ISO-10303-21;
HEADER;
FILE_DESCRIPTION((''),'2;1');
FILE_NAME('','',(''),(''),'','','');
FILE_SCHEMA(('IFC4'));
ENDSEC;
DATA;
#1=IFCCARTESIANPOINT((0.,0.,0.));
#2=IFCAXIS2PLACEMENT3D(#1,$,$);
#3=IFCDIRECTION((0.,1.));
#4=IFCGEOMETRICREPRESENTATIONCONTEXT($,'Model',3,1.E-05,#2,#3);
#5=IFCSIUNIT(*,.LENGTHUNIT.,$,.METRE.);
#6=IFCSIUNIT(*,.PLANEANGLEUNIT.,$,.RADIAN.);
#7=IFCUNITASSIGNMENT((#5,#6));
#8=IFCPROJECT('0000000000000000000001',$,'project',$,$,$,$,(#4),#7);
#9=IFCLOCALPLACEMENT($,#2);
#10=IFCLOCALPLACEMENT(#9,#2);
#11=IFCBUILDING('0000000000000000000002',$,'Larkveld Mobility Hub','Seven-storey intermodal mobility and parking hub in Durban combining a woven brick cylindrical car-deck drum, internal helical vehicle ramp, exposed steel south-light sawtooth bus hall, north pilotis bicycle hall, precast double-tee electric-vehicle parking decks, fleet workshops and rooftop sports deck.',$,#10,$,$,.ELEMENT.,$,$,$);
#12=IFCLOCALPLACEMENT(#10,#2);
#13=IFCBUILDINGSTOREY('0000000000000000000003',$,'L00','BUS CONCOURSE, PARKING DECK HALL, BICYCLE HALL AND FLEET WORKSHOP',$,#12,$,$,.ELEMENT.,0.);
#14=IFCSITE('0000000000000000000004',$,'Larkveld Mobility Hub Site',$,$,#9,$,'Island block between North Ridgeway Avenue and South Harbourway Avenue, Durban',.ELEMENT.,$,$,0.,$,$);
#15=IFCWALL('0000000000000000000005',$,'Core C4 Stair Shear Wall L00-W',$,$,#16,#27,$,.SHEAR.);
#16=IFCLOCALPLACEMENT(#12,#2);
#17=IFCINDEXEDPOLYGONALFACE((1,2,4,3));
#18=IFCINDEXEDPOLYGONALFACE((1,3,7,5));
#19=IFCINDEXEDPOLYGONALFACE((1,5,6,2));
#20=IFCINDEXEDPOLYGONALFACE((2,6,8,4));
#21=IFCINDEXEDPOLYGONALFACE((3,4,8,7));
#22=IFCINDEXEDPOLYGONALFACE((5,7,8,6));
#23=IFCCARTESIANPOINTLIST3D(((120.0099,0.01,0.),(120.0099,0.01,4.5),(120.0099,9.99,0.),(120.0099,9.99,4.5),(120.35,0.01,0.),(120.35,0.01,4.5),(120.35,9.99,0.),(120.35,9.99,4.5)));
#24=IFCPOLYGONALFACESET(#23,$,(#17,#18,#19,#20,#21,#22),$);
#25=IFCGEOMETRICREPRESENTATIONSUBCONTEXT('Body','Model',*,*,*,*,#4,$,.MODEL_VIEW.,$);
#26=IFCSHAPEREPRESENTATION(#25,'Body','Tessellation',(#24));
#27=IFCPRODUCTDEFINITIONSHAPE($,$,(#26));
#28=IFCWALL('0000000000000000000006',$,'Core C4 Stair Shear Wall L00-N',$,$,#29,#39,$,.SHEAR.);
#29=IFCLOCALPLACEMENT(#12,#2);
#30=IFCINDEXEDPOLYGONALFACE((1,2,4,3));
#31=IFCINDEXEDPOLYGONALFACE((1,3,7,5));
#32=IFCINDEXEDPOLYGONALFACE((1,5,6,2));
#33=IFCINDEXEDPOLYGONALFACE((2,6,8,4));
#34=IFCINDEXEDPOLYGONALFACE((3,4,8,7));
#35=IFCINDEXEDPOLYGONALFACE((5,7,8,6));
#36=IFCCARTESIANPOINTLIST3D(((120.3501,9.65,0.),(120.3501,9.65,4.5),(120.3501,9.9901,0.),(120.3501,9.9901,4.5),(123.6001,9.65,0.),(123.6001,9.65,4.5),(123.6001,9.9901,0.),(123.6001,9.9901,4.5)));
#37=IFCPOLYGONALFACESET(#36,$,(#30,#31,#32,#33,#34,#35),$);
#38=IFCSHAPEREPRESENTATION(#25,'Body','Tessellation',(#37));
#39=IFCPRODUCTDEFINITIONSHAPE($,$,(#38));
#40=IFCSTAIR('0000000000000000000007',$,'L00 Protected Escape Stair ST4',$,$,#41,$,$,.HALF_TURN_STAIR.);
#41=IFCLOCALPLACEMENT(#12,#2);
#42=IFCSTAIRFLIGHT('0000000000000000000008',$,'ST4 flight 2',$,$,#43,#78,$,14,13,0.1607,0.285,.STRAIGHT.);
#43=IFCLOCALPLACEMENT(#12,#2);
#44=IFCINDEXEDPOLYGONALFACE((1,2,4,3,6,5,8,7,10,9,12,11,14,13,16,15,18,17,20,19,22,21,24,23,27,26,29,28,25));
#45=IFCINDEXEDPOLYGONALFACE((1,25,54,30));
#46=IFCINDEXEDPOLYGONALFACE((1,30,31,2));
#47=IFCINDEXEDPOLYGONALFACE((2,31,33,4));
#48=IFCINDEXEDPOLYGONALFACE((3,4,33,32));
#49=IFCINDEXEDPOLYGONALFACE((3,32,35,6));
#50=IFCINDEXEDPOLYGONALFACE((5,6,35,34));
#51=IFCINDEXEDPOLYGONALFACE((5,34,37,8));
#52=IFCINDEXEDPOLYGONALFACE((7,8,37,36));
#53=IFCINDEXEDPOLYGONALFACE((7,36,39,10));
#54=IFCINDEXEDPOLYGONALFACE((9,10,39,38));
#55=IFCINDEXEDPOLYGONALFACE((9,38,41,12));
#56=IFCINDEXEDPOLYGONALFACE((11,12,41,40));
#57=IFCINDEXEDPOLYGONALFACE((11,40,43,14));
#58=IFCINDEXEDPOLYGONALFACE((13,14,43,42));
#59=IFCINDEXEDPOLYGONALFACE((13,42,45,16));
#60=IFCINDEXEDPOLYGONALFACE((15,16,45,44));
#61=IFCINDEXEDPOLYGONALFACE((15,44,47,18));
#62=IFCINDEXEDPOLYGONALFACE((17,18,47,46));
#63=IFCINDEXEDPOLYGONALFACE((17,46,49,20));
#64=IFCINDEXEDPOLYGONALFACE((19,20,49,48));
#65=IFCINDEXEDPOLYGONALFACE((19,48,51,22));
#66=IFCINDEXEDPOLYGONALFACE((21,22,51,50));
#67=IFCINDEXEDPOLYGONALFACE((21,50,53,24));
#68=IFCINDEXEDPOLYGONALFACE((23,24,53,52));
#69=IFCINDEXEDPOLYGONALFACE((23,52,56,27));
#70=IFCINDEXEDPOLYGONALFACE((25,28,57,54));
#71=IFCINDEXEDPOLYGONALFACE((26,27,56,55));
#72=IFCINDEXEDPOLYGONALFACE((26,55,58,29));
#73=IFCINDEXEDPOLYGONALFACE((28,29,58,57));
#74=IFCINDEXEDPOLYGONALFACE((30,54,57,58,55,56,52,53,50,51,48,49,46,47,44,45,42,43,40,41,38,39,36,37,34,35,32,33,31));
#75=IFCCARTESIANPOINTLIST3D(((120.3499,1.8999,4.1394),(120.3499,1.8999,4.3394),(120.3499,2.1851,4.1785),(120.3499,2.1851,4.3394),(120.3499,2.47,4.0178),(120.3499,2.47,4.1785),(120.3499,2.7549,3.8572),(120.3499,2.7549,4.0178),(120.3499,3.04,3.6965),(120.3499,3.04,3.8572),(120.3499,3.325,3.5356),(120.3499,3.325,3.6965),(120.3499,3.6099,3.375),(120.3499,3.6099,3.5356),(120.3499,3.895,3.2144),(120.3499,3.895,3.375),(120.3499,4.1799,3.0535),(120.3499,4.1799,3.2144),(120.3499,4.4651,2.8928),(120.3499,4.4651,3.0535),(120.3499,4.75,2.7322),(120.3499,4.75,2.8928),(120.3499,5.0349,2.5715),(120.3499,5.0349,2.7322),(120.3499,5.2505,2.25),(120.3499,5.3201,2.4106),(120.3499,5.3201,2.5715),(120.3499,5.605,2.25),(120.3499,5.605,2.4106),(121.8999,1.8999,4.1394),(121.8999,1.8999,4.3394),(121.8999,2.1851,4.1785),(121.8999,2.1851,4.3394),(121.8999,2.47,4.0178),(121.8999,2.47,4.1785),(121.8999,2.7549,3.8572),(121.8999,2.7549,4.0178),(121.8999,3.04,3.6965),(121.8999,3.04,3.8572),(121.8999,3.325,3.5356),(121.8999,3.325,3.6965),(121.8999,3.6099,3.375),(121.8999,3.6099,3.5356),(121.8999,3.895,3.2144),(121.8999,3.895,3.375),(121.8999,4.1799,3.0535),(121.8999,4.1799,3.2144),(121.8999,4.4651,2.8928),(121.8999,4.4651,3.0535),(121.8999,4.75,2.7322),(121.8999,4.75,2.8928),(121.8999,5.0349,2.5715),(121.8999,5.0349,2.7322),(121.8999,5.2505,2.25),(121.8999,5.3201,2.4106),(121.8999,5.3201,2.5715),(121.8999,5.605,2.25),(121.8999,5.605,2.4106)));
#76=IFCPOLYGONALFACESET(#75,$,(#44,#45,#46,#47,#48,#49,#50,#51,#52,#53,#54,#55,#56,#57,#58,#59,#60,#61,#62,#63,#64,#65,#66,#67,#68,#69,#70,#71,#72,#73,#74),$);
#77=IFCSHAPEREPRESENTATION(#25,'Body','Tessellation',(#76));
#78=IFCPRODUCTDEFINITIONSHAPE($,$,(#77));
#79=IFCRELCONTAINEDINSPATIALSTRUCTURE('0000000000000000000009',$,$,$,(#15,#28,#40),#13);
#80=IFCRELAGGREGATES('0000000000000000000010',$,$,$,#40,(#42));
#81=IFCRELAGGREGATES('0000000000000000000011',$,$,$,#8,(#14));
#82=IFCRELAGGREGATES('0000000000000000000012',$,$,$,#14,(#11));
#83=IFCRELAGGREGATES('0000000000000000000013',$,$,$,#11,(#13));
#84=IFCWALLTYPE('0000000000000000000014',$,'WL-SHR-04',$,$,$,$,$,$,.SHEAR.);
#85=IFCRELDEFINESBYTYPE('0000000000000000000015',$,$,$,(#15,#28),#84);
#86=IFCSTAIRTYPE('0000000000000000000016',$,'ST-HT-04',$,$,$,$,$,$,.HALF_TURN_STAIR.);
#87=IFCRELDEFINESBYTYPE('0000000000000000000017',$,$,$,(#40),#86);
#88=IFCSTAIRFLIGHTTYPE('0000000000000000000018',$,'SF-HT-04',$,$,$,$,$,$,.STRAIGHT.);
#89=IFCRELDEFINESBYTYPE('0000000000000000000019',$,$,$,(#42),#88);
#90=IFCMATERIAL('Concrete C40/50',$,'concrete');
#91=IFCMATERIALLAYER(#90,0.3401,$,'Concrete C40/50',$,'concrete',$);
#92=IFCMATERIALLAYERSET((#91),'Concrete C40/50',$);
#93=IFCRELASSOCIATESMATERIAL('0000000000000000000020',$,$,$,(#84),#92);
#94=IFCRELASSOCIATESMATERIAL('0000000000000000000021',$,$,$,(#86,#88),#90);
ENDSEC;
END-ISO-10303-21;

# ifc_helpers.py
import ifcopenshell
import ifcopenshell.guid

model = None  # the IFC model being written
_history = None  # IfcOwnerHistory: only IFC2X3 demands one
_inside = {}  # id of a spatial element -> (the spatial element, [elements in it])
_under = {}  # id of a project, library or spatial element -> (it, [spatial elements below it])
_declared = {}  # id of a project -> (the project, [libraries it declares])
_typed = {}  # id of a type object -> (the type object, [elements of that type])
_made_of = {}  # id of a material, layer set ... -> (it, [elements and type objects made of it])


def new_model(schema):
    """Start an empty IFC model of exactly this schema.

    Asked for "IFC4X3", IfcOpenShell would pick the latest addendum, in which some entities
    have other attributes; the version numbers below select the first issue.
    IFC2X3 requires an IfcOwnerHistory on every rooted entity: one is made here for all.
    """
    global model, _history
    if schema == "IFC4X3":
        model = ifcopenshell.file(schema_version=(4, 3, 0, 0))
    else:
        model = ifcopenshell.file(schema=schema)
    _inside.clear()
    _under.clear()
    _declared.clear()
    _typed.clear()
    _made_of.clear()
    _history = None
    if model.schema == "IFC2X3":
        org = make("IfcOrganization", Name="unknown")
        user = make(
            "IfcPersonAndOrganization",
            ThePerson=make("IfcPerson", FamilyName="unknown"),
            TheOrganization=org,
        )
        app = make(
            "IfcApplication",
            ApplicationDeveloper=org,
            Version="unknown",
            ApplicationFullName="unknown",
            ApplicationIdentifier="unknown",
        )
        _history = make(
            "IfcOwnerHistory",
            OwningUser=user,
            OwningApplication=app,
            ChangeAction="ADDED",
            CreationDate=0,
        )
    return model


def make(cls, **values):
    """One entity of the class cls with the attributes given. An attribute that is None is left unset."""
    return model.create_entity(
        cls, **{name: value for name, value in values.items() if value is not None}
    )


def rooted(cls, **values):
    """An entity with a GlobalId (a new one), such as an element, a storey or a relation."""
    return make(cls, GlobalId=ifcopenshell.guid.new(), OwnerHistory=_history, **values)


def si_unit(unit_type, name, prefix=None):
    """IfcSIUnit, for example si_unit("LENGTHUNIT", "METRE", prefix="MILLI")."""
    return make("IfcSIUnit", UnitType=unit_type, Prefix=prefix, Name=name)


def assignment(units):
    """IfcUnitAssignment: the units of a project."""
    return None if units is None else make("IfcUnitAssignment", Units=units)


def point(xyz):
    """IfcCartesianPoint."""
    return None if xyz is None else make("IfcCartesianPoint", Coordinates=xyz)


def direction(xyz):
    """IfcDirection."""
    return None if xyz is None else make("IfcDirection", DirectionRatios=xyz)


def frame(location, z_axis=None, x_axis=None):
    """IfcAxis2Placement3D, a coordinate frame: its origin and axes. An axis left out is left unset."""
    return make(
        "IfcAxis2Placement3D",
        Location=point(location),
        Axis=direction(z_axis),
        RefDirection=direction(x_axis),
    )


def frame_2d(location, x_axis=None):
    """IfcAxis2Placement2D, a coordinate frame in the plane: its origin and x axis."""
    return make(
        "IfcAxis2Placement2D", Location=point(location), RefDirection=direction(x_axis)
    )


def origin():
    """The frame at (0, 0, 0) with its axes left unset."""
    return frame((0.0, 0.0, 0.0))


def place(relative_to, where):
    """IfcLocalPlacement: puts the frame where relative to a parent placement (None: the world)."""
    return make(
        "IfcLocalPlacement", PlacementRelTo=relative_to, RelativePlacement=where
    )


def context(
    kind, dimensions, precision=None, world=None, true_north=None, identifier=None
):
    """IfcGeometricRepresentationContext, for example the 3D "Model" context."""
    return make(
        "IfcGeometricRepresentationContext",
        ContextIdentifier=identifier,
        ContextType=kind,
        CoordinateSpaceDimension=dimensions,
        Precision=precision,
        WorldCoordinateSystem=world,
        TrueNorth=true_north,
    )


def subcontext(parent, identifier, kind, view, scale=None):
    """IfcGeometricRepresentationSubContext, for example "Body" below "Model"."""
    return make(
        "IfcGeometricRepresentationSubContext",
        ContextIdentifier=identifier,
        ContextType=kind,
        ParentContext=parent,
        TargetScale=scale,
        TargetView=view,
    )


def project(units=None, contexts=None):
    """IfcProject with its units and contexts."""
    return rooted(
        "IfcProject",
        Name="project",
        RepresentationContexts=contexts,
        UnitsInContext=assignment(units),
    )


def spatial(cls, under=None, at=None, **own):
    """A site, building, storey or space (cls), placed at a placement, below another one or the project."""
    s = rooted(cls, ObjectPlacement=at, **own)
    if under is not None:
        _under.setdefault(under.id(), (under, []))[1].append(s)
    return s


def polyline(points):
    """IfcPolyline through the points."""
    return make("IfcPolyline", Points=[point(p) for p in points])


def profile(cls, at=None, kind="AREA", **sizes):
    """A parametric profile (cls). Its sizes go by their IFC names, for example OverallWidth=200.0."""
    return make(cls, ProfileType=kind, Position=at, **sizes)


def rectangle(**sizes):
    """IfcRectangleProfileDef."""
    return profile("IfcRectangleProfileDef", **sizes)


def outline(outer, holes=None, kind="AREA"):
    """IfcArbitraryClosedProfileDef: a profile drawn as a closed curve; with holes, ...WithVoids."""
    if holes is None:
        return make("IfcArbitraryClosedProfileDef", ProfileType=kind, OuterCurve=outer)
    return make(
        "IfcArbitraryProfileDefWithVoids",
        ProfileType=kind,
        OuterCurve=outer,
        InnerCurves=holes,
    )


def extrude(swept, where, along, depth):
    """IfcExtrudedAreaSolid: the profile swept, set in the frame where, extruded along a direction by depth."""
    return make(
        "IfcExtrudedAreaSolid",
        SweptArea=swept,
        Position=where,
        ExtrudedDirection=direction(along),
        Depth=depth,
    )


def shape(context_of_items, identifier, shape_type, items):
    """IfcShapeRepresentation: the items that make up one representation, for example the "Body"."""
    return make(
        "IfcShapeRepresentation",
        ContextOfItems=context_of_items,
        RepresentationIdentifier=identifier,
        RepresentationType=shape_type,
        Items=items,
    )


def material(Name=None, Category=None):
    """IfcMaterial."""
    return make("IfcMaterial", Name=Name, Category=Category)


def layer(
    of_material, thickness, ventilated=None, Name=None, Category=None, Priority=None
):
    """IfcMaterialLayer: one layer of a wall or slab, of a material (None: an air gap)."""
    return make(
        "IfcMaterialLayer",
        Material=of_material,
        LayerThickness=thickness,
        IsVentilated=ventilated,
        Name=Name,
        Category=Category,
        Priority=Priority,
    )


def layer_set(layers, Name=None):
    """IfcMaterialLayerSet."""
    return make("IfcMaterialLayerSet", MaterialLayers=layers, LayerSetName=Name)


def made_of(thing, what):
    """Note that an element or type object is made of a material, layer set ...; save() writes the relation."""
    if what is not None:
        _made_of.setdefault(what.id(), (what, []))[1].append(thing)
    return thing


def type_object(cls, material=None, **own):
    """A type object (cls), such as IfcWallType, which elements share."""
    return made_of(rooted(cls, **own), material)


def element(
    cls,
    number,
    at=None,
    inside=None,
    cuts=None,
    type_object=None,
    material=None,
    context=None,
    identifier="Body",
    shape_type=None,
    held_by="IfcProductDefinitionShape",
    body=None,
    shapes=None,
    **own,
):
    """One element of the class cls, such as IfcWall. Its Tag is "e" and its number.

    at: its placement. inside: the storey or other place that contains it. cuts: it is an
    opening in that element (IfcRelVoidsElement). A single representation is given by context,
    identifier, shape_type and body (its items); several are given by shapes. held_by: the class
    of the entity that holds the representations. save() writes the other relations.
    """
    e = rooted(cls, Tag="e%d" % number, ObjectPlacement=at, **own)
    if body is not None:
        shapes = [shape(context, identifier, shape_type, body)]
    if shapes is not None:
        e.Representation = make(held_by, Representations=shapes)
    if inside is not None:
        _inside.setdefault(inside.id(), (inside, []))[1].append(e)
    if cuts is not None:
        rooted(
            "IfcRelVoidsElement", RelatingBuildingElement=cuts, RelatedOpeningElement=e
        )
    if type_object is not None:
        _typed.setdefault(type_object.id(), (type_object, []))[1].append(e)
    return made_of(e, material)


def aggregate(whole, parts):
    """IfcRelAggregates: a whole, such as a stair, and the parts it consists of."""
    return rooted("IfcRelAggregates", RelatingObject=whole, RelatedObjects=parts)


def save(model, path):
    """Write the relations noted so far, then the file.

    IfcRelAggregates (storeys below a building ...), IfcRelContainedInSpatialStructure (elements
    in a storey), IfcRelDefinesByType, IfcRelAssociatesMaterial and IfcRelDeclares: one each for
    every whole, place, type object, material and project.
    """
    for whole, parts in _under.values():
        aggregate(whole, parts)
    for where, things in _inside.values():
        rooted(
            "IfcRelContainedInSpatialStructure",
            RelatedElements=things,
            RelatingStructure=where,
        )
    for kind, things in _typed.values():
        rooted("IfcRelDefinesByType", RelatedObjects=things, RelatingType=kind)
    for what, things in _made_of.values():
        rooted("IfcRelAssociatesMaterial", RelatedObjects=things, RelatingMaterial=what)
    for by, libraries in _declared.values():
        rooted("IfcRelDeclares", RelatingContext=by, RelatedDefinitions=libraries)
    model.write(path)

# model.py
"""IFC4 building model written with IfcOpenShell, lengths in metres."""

from ifc_helpers import new_model, si_unit, direction, frame, frame_2d, origin, place, context, subcontext, project, spatial, polyline, rectangle, outline, extrude, material, layer, layer_set, type_object, element, aggregate, save


model = new_model("IFC4")

# Units and contexts
model_context = context("Model", 3, precision=1e-05, world=origin(), true_north=direction((0.0, 1.0)))
body_context = subcontext(model_context, "Body", "Model", "MODEL_VIEW")
ifc_project = project(units=[si_unit("LENGTHUNIT", "METRE"), si_unit("PLANEANGLEUNIT", "RADIAN")], contexts=[model_context])

# Site, building, storey
site_placement = place(None, origin())
site = spatial("IfcSite", under=ifc_project, at=site_placement, Name="Larkveld Mobility Hub Site", LongName="Island block between North Ridgeway Avenue and South Harbourway Avenue, Durban", CompositionType="ELEMENT", RefElevation=0.0)
building_placement = place(site_placement, origin())
building = spatial("IfcBuilding", under=site, at=building_placement, Name="Larkveld Mobility Hub", Description="Seven-storey intermodal mobility and parking hub in Durban combining a woven brick cylindrical car-deck drum, internal helical vehicle ramp, exposed steel south-light sawtooth bus hall, north pilotis bicycle hall, precast double-tee electric-vehicle parking decks, fleet workshops and rooftop sports deck.", CompositionType="ELEMENT")
storey_placement = place(building_placement, origin())
storey = spatial("IfcBuildingStorey", under=building, at=storey_placement, Name="L00", Description="BUS CONCOURSE, PARKING DECK HALL, BICYCLE HALL AND FLEET WORKSHOP", CompositionType="ELEMENT", Elevation=0.0)

# Shared definitions
ifc_material_1 = material(Name="Concrete C40/50", Category="concrete")

# Walls
ifc_layer_1 = layer(ifc_material_1, 0.3401, Name="Concrete C40/50", Category="concrete")
ifc_layer_set_1 = layer_set([ifc_layer_1], Name="Concrete C40/50")
wall_type_1 = type_object("IfcWallType", Name="WL-SHR-04", PredefinedType="SHEAR", material=ifc_layer_set_1)
wall_1_placement = place(storey_placement, frame((120.1799, 0.01, 0.0), z_axis=(0.0, 0.0, 1.0), x_axis=(0.0, 1.0, 0.0)))
element("IfcWall", 1, at=wall_1_placement, inside=storey, type_object=wall_type_1, Name="Core C4 Stair Shear Wall L00-W", PredefinedType="SHEAR", context=body_context, shape_type="SweptSolid", body=[
    extrude(rectangle(XDim=9.98, YDim=0.3401, at=frame_2d((4.99, 0.0))), origin(), (0.0, 0.0, 1.0), 4.5),
])
wall_2_placement = place(storey_placement, frame((120.3501, 9.8201, 0.0), z_axis=(0.0, 0.0, 1.0), x_axis=(1.0, 0.0, 0.0)))
element("IfcWall", 2, at=wall_2_placement, inside=storey, type_object=wall_type_1, Name="Core C4 Stair Shear Wall L00-N", PredefinedType="SHEAR", context=body_context, shape_type="SweptSolid", body=[
    extrude(rectangle(XDim=3.25, YDim=0.3401, at=frame_2d((1.625, 0.0))), origin(), (0.0, 0.0, 1.0), 4.5),
])

# Stair, stair flight
stair_type = type_object("IfcStairType", Name="ST-HT-04", PredefinedType="HALF_TURN_STAIR", material=ifc_material_1)
stair_placement = place(storey_placement, origin())
stair = element("IfcStair", 3, at=stair_placement, inside=storey, type_object=stair_type, Name="L00 Protected Escape Stair ST4", PredefinedType="HALF_TURN_STAIR")
stair_flight_type = type_object("IfcStairFlightType", Name="SF-HT-04", PredefinedType="STRAIGHT", material=ifc_material_1)
stair_flight_placement = place(storey_placement, frame((121.125, 5.605, 2.25), z_axis=(0.0, 0.0, 1.0), x_axis=(0.0, -1.0, 0.0)))
stair_flight = element("IfcStairFlight", 4, at=stair_flight_placement, type_object=stair_flight_type, Name="ST4 flight 2", NumberOfRisers=14, NumberOfTreads=13, PredefinedType="STRAIGHT", RiserHeight=0.1607, TreadLength=0.285, context=body_context, shape_type="SweptSolid", body=[
    extrude(outline(polyline([(0.0, 0.0), (0.0, 0.1606), (0.2849, 0.1606), (0.2849, 0.3215), (0.5701, 0.3215), (0.5701, 0.4822), (0.855, 0.4822), (0.855, 0.6428), (1.1399, 0.6428), (1.1399, 0.8035), (1.425, 0.8035), (1.425, 0.9644), (1.71, 0.9644), (1.71, 1.125), (1.9951, 1.125), (1.9951, 1.2856), (2.28, 1.2856), (2.28, 1.4465), (2.5649, 1.4465), (2.5649, 1.6072), (2.8501, 1.6072), (2.8501, 1.7678), (3.135, 1.7678), (3.135, 1.9285), (3.4199, 1.9285), (3.4199, 2.0894), (3.7051, 2.0894), (3.7051, 2.25), (3.7051, 1.8894), (0.3545, 0.0), (0.0, 0.0)])), frame((0.0, 0.7749, 0.0), z_axis=(0.0, -1.0, 0.0), x_axis=(1.0, 0.0, 0.0)), (0.0, 0.0, 1.0), 1.55),
])
aggregate(stair, [stair_flight])

save(model, "model.ifc")
